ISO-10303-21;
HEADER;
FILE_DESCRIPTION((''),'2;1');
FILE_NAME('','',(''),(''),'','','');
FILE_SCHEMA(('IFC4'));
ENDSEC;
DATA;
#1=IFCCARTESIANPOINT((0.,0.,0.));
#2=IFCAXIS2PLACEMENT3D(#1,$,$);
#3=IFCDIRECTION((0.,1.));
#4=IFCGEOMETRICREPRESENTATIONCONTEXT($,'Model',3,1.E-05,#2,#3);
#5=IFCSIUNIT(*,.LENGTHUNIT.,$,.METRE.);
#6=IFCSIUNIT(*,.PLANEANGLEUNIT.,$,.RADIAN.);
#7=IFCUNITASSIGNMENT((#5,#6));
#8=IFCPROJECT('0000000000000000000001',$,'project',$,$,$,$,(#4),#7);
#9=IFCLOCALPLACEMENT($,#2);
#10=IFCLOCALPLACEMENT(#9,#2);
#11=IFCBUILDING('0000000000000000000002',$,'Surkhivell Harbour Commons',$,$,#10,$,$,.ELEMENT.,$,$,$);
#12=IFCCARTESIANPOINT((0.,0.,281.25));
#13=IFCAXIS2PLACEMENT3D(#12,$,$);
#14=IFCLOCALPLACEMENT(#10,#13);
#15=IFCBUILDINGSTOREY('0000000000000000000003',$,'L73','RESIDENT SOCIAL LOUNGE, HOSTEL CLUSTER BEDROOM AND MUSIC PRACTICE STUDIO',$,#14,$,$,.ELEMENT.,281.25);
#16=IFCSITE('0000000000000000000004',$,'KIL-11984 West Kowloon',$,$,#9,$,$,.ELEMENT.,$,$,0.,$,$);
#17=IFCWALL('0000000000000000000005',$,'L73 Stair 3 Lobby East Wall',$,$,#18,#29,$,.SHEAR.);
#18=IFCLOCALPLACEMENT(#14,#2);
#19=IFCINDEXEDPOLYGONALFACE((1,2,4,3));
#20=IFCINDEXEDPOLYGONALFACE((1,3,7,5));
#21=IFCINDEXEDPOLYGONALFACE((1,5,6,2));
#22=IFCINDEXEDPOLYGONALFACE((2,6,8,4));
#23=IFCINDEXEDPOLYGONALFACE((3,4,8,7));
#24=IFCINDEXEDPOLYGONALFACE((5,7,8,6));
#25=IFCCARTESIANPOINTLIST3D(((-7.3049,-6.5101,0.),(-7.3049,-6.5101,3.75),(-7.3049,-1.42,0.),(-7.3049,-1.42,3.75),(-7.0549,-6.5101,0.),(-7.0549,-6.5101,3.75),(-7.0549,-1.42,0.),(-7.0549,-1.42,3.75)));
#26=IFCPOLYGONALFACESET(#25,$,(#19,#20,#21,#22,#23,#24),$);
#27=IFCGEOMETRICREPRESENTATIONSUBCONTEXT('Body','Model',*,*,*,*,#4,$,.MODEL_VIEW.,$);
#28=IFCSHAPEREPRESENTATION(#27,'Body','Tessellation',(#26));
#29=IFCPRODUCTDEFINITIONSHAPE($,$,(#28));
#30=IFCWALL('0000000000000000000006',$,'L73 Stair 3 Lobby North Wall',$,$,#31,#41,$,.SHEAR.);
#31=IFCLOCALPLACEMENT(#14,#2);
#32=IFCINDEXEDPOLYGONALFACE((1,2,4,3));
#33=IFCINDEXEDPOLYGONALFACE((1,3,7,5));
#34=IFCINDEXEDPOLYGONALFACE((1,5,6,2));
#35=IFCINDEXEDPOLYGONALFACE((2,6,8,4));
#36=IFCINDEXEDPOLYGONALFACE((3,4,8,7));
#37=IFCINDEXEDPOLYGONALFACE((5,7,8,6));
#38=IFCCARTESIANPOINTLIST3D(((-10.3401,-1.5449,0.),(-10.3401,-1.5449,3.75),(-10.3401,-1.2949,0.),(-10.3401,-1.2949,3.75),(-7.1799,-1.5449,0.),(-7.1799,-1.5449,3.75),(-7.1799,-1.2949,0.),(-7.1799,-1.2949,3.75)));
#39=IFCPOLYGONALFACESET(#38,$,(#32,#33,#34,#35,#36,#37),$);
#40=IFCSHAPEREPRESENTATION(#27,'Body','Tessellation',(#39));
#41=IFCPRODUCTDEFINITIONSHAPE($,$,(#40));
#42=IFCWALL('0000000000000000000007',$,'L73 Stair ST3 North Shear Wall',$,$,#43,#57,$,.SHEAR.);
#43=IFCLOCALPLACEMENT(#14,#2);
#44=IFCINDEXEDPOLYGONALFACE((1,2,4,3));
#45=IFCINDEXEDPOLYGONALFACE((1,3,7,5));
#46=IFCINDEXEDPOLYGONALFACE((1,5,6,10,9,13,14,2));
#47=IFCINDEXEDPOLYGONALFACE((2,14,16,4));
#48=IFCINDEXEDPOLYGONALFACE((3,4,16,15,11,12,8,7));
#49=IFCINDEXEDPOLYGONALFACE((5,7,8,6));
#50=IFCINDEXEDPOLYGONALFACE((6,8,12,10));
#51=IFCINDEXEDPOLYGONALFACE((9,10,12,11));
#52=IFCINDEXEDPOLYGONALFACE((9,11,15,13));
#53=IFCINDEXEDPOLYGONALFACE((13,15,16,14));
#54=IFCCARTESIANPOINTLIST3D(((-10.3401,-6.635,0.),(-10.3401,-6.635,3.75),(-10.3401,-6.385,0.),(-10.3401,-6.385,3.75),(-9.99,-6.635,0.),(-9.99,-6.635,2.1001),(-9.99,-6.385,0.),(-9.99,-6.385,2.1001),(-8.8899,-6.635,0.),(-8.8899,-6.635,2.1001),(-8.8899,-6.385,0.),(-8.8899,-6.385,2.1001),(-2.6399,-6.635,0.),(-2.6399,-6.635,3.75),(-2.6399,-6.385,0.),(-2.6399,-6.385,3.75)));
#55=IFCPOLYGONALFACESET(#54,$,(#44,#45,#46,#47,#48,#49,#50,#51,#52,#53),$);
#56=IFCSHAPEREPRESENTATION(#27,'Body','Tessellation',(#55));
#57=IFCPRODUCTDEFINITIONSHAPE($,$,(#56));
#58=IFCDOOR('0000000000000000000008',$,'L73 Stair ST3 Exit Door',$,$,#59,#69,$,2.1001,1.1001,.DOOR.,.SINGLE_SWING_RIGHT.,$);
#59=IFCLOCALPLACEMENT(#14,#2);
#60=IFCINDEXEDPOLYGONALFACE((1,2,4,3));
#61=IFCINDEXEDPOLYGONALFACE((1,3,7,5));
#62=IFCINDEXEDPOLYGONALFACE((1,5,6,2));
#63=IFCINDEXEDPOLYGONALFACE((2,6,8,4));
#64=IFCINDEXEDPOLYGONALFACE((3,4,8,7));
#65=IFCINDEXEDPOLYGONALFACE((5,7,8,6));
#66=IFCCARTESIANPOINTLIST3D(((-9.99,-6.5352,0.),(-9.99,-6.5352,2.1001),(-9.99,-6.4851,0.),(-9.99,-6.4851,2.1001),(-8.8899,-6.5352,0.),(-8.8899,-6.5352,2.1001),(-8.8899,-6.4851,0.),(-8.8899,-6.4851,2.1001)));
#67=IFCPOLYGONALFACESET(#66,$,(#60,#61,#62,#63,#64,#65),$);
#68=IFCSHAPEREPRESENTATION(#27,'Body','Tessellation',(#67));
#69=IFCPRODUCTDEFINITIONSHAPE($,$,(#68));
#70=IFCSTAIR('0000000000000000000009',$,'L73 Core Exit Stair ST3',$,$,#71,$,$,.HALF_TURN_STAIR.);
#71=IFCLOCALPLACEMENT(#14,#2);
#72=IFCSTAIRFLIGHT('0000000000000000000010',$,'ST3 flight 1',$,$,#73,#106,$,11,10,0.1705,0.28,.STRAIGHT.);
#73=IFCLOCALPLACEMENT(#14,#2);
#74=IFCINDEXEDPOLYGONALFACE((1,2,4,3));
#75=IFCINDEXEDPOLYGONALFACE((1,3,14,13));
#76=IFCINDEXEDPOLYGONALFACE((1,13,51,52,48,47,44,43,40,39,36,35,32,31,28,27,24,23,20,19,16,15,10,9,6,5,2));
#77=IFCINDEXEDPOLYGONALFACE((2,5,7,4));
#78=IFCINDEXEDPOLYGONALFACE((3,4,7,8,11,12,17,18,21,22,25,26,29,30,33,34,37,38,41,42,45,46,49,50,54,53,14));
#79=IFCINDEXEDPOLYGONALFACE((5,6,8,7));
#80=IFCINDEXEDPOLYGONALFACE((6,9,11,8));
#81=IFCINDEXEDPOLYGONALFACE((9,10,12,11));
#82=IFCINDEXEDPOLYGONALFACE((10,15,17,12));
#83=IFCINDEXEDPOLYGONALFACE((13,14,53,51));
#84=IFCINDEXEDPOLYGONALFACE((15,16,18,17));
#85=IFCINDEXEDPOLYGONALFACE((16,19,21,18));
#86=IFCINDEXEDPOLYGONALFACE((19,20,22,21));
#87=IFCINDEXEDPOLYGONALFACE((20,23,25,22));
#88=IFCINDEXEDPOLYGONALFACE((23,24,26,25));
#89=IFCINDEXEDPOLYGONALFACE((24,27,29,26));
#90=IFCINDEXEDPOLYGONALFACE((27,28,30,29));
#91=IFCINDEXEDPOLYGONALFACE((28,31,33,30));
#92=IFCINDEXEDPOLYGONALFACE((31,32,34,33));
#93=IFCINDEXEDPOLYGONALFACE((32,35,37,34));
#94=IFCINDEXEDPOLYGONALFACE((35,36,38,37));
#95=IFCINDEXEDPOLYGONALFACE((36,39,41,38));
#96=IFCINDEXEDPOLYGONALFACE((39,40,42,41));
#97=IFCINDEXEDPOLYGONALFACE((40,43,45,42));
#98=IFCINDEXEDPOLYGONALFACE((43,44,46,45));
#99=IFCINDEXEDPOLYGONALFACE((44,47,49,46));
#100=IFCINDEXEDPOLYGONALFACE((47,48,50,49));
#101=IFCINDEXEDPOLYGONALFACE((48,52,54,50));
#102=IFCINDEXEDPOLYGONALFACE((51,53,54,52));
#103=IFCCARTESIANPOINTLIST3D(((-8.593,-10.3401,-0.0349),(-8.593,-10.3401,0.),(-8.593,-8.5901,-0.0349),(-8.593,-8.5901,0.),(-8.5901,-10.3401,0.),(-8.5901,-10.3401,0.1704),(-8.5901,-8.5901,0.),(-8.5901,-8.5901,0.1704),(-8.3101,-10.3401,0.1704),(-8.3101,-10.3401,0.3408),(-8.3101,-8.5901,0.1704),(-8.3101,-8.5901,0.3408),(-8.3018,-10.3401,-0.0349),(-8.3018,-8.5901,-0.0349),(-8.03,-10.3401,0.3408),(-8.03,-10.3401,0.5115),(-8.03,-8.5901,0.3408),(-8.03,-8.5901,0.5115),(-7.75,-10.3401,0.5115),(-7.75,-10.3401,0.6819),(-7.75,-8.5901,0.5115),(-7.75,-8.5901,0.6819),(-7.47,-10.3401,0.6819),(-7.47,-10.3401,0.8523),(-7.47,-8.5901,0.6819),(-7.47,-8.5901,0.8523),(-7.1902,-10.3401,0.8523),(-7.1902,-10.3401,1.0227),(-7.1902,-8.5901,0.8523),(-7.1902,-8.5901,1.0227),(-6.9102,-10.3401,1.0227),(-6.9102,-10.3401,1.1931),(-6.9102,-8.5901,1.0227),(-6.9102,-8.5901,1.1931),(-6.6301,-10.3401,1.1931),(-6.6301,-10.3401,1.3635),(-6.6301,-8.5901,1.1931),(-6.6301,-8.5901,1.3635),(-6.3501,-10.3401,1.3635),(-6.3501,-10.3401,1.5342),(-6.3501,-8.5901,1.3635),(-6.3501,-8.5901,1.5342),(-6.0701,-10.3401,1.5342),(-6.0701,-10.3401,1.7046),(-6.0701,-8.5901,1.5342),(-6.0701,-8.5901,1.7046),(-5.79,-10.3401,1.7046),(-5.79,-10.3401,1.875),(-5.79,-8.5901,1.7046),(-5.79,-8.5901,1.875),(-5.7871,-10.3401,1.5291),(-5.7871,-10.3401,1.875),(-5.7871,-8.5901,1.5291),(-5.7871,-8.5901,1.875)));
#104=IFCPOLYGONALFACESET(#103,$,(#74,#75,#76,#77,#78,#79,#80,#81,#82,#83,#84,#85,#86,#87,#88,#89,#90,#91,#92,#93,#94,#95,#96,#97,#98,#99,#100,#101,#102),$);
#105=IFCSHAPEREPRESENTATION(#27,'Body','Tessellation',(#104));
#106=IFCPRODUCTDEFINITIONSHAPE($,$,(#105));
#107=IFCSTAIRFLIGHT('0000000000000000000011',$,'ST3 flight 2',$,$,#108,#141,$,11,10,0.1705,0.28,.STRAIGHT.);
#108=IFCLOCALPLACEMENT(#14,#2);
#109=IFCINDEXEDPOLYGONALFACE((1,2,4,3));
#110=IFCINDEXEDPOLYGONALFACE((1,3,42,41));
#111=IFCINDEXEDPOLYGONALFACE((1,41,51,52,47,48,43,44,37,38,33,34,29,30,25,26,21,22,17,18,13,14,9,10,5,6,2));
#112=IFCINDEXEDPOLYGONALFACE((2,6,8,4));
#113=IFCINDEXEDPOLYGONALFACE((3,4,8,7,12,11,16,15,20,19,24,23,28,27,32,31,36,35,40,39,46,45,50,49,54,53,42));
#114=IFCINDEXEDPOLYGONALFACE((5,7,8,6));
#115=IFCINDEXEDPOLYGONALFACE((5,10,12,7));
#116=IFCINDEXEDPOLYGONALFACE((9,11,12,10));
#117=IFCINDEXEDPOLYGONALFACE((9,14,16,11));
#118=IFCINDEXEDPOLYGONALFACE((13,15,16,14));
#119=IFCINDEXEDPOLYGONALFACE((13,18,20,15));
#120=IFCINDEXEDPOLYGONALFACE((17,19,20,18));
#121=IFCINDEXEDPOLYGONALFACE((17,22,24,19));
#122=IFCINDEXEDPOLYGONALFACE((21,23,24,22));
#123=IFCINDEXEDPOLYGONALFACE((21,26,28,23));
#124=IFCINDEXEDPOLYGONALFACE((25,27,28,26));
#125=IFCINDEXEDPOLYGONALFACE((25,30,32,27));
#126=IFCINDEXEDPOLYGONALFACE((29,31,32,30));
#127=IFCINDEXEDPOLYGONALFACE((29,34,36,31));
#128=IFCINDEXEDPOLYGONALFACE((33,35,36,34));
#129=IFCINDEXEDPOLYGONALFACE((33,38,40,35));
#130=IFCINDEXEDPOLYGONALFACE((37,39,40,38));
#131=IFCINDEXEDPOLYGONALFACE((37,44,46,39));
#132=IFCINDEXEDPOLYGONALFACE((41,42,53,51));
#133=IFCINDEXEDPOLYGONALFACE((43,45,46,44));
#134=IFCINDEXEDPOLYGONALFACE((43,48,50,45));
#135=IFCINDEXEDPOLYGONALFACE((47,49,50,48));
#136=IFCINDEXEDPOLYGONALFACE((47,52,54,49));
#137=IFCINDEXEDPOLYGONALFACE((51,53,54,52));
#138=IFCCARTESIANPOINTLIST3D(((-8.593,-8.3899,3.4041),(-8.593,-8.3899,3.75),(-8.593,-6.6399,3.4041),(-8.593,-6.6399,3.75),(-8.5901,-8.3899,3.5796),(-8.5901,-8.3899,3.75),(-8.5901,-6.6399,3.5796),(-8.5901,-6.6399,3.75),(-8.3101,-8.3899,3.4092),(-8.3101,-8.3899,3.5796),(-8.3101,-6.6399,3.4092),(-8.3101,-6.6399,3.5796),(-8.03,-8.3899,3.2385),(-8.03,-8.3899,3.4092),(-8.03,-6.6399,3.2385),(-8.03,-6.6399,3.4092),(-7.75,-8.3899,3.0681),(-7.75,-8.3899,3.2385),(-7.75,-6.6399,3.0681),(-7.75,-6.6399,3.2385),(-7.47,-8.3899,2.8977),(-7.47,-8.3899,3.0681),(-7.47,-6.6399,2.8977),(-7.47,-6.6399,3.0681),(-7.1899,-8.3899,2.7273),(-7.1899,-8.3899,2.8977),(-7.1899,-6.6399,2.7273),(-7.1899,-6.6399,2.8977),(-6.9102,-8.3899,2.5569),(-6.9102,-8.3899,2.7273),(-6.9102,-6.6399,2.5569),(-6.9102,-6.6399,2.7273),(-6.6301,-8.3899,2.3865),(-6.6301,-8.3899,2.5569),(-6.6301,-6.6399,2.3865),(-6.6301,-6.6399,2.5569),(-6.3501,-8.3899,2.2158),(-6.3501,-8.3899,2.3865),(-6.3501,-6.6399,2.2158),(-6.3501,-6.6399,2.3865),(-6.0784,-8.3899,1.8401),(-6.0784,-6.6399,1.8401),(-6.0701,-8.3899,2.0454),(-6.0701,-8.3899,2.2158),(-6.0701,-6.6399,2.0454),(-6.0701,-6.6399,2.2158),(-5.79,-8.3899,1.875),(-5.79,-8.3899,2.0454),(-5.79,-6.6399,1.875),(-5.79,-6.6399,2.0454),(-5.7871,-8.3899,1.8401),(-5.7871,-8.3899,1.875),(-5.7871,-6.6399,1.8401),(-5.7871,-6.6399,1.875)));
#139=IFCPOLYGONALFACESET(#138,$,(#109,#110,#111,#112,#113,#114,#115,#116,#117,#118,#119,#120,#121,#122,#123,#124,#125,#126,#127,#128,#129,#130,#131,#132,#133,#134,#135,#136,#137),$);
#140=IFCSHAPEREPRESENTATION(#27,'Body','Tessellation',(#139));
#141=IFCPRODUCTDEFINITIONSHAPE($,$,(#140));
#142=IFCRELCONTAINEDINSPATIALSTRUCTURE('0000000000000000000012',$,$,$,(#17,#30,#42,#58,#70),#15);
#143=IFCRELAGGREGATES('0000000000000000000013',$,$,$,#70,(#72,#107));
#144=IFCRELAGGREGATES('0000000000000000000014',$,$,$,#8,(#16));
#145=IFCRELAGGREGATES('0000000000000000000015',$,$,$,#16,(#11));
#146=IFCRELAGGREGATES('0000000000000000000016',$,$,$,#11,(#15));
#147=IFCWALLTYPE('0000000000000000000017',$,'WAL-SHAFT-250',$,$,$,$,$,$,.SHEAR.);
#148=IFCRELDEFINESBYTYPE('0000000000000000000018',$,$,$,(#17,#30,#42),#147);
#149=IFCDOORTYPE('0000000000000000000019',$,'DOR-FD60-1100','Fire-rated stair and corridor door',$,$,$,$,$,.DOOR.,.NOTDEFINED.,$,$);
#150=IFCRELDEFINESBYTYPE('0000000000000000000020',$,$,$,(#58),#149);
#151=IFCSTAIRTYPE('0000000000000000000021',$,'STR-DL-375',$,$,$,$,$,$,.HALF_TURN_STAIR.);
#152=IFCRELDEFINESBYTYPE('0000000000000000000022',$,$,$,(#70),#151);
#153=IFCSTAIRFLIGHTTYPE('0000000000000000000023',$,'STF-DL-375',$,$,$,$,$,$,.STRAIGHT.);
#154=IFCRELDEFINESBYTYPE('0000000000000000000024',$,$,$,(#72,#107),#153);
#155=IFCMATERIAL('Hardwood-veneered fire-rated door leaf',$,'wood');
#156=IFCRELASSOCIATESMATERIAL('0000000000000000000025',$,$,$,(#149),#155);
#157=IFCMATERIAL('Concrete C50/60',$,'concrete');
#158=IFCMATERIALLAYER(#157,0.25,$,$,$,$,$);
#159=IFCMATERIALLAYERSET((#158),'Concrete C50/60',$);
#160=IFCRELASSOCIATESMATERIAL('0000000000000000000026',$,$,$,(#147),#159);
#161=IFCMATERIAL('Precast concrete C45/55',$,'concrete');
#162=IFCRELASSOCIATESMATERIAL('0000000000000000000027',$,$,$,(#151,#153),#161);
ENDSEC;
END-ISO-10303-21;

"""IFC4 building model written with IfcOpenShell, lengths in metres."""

from ifc_helpers import new_model, si_unit, direction, frame, frame_2d, origin, place, context, subcontext, project, spatial, polyline, rectangle, outline, extrude, material, layer, layer_set, type_object, element, fill, aggregate, save


model = new_model("IFC4")

# Units and contexts
model_context = context("Model", 3, precision=1e-05, world=origin(), true_north=direction((0.0, 1.0)))
body_context = subcontext(model_context, "Body", "Model", "MODEL_VIEW")
ifc_project = project(units=[si_unit("LENGTHUNIT", "METRE"), si_unit("PLANEANGLEUNIT", "RADIAN")], contexts=[model_context])

# Site, building, storey
site_placement = place(None, origin())
site = spatial("IfcSite", under=ifc_project, at=site_placement, Name="KIL-11984 West Kowloon", CompositionType="ELEMENT", RefElevation=0.0)
building_placement = place(site_placement, origin())
building = spatial("IfcBuilding", under=site, at=building_placement, Name="Surkhivell Harbour Commons", CompositionType="ELEMENT")
storey_placement = place(building_placement, frame((0.0, 0.0, 281.25)))
storey = spatial("IfcBuildingStorey", under=building, at=storey_placement, Name="L73", Description="RESIDENT SOCIAL LOUNGE, HOSTEL CLUSTER BEDROOM AND MUSIC PRACTICE STUDIO", CompositionType="ELEMENT", Elevation=281.25)

# Shared definitions
ifc_material_1 = material(Name="Concrete C50/60", Category="concrete")

# Shared definitions
ifc_material_2 = material(Name="Hardwood-veneered fire-rated door leaf", Category="wood")
door_type_1 = type_object("IfcDoorType", Name="DOR-FD60-1100", Description="Fire-rated stair and corridor door", OperationType="NOTDEFINED", PredefinedType="DOOR", material=ifc_material_2)

# Walls
ifc_layer_1 = layer(ifc_material_1, 0.25)
ifc_layer_set_1 = layer_set([ifc_layer_1], Name="Concrete C50/60")
wall_type_1 = type_object("IfcWallType", Name="WAL-SHAFT-250", PredefinedType="SHEAR", material=ifc_layer_set_1)
wall_1_placement = place(storey_placement, frame((-7.1799, -6.51, 0.0), z_axis=(0.0, 0.0, 1.0), x_axis=(0.0, 1.0, 0.0)))
element("IfcWall", 1, at=wall_1_placement, inside=storey, type_object=wall_type_1, Name="L73 Stair 3 Lobby East Wall", PredefinedType="SHEAR", context=body_context, shape_type="SweptSolid", body=[
    extrude(rectangle(XDim=5.0901, YDim=0.25, at=frame_2d((2.5449, 0.0))), origin(), (0.0, 0.0, 1.0), 3.75),
])
wall_2_placement = place(storey_placement, frame((-10.3401, -1.4199, 0.0), z_axis=(0.0, 0.0, 1.0), x_axis=(1.0, 0.0, 0.0)))
element("IfcWall", 2, at=wall_2_placement, inside=storey, type_object=wall_type_1, Name="L73 Stair 3 Lobby North Wall", PredefinedType="SHEAR", context=body_context, shape_type="SweptSolid", body=[
    extrude(rectangle(XDim=3.1602, YDim=0.25, at=frame_2d((1.5801, 0.0))), origin(), (0.0, 0.0, 1.0), 3.75),
])

# Wall, opening, door
wall_3_placement = place(storey_placement, frame((-10.3401, -6.51, 0.0), z_axis=(0.0, 0.0, 1.0), x_axis=(1.0, 0.0, 0.0)))
wall_3 = element("IfcWall", 3, at=wall_3_placement, inside=storey, type_object=wall_type_1, Name="L73 Stair ST3 North Shear Wall", PredefinedType="SHEAR", context=body_context, shape_type="SweptSolid", body=[
    extrude(rectangle(XDim=7.7002, YDim=0.25, at=frame_2d((3.8501, 0.0))), origin(), (0.0, 0.0, 1.0), 3.75),
])
opening_1_placement = place(wall_3_placement, frame((0.3501, 0.0, 0.0)))
opening_1 = element("IfcOpeningElement", 4, at=opening_1_placement, cuts=wall_3, PredefinedType="OPENING", context=body_context, shape_type="SweptSolid", body=[
    extrude(rectangle(XDim=1.1001, YDim=2.1001, at=frame_2d((0.55, 1.05))), frame((0.0, 0.135, 0.0), z_axis=(0.0, -1.0, 0.0), x_axis=(1.0, 0.0, 0.0)), (0.0, 0.0, 1.0), 0.27),
])
door_1_placement = place(opening_1_placement, origin())
door_1 = element("IfcDoor", 5, at=door_1_placement, inside=storey, type_object=door_type_1, Name="L73 Stair ST3 Exit Door", OperationType="SINGLE_SWING_RIGHT", OverallHeight=2.1001, OverallWidth=1.1001, PredefinedType="DOOR", context=body_context, shape_type="SweptSolid", body=[
    extrude(rectangle(XDim=1.1001, YDim=2.1001, at=frame_2d((0.55, 1.05))), frame((0.0, 0.0249, 0.0), z_axis=(0.0, -1.0, 0.0), x_axis=(1.0, 0.0, 0.0)), (0.0, 0.0, 1.0), 0.05),
])
fill(opening_1, door_1)

# Stair, stair flights
ifc_material_3 = material(Name="Precast concrete C45/55", Category="concrete")
stair_type = type_object("IfcStairType", Name="STR-DL-375", PredefinedType="HALF_TURN_STAIR", material=ifc_material_3)
stair_placement = place(storey_placement, origin())
stair = element("IfcStair", 6, at=stair_placement, inside=storey, type_object=stair_type, Name="L73 Core Exit Stair ST3", PredefinedType="HALF_TURN_STAIR")
stair_flight_type = type_object("IfcStairFlightType", Name="STF-DL-375", PredefinedType="STRAIGHT", material=ifc_material_3)
stair_flight_1_placement = place(storey_placement, frame((-8.5901, -9.4651, 0.0), z_axis=(0.0, 0.0, 1.0), x_axis=(1.0, 0.0, 0.0)))
stair_flight_1 = element("IfcStairFlight", 7, at=stair_flight_1_placement, type_object=stair_flight_type, Name="ST3 flight 1", NumberOfRisers=11, NumberOfTreads=10, PredefinedType="STRAIGHT", RiserHeight=0.1705, TreadLength=0.28, context=body_context, shape_type="SweptSolid", body=[
    extrude(outline(polyline([(-0.0029, -0.0349), (-0.0029, 0.0), (0.0, 0.0), (0.0, 0.1704), (0.28, 0.1704), (0.28, 0.3408), (0.5601, 0.3408), (0.5601, 0.5115), (0.8401, 0.5115), (0.8401, 0.6819), (1.1201, 0.6819), (1.1201, 0.8523), (1.3999, 0.8523), (1.3999, 1.0227), (1.6799, 1.0227), (1.6799, 1.1931), (1.96, 1.1931), (1.96, 1.3635), (2.24, 1.3635), (2.24, 1.5342), (2.52, 1.5342), (2.52, 1.7046), (2.8, 1.7046), (2.8, 1.875), (2.803, 1.875), (2.803, 1.5291), (0.2883, -0.0349), (-0.0029, -0.0349)])), frame((0.0, 0.875, 0.0), z_axis=(0.0, -1.0, 0.0), x_axis=(1.0, 0.0, 0.0)), (0.0, 0.0, 1.0), 1.75),
])
stair_flight_2_placement = place(storey_placement, frame((-5.79, -7.5149, 1.875), z_axis=(0.0, 0.0, 1.0), x_axis=(-1.0, 0.0, 0.0)))
stair_flight_2 = element("IfcStairFlight", 8, at=stair_flight_2_placement, type_object=stair_flight_type, Name="ST3 flight 2", NumberOfRisers=11, NumberOfTreads=10, PredefinedType="STRAIGHT", RiserHeight=0.1705, TreadLength=0.28, context=body_context, shape_type="SweptSolid", body=[
    extrude(outline(polyline([(-0.0029, -0.0349), (-0.0029, 0.0), (0.0, 0.0), (0.0, 0.1704), (0.28, 0.1704), (0.28, 0.3408), (0.5601, 0.3408), (0.5601, 0.5115), (0.8401, 0.5115), (0.8401, 0.6819), (1.1201, 0.6819), (1.1201, 0.8523), (1.3999, 0.8523), (1.3999, 1.0227), (1.6799, 1.0227), (1.6799, 1.1931), (1.96, 1.1931), (1.96, 1.3635), (2.24, 1.3635), (2.24, 1.5342), (2.52, 1.5342), (2.52, 1.7046), (2.8, 1.7046), (2.8, 1.875), (2.803, 1.875), (2.803, 1.5291), (0.2883, -0.0349), (-0.0029, -0.0349)])), frame((0.0, 0.875, 0.0), z_axis=(0.0, -1.0, 0.0), x_axis=(1.0, 0.0, 0.0)), (0.0, 0.0, 1.0), 1.75),
])
aggregate(stair, [stair_flight_1, stair_flight_2])

save(model, "model.ifc")
